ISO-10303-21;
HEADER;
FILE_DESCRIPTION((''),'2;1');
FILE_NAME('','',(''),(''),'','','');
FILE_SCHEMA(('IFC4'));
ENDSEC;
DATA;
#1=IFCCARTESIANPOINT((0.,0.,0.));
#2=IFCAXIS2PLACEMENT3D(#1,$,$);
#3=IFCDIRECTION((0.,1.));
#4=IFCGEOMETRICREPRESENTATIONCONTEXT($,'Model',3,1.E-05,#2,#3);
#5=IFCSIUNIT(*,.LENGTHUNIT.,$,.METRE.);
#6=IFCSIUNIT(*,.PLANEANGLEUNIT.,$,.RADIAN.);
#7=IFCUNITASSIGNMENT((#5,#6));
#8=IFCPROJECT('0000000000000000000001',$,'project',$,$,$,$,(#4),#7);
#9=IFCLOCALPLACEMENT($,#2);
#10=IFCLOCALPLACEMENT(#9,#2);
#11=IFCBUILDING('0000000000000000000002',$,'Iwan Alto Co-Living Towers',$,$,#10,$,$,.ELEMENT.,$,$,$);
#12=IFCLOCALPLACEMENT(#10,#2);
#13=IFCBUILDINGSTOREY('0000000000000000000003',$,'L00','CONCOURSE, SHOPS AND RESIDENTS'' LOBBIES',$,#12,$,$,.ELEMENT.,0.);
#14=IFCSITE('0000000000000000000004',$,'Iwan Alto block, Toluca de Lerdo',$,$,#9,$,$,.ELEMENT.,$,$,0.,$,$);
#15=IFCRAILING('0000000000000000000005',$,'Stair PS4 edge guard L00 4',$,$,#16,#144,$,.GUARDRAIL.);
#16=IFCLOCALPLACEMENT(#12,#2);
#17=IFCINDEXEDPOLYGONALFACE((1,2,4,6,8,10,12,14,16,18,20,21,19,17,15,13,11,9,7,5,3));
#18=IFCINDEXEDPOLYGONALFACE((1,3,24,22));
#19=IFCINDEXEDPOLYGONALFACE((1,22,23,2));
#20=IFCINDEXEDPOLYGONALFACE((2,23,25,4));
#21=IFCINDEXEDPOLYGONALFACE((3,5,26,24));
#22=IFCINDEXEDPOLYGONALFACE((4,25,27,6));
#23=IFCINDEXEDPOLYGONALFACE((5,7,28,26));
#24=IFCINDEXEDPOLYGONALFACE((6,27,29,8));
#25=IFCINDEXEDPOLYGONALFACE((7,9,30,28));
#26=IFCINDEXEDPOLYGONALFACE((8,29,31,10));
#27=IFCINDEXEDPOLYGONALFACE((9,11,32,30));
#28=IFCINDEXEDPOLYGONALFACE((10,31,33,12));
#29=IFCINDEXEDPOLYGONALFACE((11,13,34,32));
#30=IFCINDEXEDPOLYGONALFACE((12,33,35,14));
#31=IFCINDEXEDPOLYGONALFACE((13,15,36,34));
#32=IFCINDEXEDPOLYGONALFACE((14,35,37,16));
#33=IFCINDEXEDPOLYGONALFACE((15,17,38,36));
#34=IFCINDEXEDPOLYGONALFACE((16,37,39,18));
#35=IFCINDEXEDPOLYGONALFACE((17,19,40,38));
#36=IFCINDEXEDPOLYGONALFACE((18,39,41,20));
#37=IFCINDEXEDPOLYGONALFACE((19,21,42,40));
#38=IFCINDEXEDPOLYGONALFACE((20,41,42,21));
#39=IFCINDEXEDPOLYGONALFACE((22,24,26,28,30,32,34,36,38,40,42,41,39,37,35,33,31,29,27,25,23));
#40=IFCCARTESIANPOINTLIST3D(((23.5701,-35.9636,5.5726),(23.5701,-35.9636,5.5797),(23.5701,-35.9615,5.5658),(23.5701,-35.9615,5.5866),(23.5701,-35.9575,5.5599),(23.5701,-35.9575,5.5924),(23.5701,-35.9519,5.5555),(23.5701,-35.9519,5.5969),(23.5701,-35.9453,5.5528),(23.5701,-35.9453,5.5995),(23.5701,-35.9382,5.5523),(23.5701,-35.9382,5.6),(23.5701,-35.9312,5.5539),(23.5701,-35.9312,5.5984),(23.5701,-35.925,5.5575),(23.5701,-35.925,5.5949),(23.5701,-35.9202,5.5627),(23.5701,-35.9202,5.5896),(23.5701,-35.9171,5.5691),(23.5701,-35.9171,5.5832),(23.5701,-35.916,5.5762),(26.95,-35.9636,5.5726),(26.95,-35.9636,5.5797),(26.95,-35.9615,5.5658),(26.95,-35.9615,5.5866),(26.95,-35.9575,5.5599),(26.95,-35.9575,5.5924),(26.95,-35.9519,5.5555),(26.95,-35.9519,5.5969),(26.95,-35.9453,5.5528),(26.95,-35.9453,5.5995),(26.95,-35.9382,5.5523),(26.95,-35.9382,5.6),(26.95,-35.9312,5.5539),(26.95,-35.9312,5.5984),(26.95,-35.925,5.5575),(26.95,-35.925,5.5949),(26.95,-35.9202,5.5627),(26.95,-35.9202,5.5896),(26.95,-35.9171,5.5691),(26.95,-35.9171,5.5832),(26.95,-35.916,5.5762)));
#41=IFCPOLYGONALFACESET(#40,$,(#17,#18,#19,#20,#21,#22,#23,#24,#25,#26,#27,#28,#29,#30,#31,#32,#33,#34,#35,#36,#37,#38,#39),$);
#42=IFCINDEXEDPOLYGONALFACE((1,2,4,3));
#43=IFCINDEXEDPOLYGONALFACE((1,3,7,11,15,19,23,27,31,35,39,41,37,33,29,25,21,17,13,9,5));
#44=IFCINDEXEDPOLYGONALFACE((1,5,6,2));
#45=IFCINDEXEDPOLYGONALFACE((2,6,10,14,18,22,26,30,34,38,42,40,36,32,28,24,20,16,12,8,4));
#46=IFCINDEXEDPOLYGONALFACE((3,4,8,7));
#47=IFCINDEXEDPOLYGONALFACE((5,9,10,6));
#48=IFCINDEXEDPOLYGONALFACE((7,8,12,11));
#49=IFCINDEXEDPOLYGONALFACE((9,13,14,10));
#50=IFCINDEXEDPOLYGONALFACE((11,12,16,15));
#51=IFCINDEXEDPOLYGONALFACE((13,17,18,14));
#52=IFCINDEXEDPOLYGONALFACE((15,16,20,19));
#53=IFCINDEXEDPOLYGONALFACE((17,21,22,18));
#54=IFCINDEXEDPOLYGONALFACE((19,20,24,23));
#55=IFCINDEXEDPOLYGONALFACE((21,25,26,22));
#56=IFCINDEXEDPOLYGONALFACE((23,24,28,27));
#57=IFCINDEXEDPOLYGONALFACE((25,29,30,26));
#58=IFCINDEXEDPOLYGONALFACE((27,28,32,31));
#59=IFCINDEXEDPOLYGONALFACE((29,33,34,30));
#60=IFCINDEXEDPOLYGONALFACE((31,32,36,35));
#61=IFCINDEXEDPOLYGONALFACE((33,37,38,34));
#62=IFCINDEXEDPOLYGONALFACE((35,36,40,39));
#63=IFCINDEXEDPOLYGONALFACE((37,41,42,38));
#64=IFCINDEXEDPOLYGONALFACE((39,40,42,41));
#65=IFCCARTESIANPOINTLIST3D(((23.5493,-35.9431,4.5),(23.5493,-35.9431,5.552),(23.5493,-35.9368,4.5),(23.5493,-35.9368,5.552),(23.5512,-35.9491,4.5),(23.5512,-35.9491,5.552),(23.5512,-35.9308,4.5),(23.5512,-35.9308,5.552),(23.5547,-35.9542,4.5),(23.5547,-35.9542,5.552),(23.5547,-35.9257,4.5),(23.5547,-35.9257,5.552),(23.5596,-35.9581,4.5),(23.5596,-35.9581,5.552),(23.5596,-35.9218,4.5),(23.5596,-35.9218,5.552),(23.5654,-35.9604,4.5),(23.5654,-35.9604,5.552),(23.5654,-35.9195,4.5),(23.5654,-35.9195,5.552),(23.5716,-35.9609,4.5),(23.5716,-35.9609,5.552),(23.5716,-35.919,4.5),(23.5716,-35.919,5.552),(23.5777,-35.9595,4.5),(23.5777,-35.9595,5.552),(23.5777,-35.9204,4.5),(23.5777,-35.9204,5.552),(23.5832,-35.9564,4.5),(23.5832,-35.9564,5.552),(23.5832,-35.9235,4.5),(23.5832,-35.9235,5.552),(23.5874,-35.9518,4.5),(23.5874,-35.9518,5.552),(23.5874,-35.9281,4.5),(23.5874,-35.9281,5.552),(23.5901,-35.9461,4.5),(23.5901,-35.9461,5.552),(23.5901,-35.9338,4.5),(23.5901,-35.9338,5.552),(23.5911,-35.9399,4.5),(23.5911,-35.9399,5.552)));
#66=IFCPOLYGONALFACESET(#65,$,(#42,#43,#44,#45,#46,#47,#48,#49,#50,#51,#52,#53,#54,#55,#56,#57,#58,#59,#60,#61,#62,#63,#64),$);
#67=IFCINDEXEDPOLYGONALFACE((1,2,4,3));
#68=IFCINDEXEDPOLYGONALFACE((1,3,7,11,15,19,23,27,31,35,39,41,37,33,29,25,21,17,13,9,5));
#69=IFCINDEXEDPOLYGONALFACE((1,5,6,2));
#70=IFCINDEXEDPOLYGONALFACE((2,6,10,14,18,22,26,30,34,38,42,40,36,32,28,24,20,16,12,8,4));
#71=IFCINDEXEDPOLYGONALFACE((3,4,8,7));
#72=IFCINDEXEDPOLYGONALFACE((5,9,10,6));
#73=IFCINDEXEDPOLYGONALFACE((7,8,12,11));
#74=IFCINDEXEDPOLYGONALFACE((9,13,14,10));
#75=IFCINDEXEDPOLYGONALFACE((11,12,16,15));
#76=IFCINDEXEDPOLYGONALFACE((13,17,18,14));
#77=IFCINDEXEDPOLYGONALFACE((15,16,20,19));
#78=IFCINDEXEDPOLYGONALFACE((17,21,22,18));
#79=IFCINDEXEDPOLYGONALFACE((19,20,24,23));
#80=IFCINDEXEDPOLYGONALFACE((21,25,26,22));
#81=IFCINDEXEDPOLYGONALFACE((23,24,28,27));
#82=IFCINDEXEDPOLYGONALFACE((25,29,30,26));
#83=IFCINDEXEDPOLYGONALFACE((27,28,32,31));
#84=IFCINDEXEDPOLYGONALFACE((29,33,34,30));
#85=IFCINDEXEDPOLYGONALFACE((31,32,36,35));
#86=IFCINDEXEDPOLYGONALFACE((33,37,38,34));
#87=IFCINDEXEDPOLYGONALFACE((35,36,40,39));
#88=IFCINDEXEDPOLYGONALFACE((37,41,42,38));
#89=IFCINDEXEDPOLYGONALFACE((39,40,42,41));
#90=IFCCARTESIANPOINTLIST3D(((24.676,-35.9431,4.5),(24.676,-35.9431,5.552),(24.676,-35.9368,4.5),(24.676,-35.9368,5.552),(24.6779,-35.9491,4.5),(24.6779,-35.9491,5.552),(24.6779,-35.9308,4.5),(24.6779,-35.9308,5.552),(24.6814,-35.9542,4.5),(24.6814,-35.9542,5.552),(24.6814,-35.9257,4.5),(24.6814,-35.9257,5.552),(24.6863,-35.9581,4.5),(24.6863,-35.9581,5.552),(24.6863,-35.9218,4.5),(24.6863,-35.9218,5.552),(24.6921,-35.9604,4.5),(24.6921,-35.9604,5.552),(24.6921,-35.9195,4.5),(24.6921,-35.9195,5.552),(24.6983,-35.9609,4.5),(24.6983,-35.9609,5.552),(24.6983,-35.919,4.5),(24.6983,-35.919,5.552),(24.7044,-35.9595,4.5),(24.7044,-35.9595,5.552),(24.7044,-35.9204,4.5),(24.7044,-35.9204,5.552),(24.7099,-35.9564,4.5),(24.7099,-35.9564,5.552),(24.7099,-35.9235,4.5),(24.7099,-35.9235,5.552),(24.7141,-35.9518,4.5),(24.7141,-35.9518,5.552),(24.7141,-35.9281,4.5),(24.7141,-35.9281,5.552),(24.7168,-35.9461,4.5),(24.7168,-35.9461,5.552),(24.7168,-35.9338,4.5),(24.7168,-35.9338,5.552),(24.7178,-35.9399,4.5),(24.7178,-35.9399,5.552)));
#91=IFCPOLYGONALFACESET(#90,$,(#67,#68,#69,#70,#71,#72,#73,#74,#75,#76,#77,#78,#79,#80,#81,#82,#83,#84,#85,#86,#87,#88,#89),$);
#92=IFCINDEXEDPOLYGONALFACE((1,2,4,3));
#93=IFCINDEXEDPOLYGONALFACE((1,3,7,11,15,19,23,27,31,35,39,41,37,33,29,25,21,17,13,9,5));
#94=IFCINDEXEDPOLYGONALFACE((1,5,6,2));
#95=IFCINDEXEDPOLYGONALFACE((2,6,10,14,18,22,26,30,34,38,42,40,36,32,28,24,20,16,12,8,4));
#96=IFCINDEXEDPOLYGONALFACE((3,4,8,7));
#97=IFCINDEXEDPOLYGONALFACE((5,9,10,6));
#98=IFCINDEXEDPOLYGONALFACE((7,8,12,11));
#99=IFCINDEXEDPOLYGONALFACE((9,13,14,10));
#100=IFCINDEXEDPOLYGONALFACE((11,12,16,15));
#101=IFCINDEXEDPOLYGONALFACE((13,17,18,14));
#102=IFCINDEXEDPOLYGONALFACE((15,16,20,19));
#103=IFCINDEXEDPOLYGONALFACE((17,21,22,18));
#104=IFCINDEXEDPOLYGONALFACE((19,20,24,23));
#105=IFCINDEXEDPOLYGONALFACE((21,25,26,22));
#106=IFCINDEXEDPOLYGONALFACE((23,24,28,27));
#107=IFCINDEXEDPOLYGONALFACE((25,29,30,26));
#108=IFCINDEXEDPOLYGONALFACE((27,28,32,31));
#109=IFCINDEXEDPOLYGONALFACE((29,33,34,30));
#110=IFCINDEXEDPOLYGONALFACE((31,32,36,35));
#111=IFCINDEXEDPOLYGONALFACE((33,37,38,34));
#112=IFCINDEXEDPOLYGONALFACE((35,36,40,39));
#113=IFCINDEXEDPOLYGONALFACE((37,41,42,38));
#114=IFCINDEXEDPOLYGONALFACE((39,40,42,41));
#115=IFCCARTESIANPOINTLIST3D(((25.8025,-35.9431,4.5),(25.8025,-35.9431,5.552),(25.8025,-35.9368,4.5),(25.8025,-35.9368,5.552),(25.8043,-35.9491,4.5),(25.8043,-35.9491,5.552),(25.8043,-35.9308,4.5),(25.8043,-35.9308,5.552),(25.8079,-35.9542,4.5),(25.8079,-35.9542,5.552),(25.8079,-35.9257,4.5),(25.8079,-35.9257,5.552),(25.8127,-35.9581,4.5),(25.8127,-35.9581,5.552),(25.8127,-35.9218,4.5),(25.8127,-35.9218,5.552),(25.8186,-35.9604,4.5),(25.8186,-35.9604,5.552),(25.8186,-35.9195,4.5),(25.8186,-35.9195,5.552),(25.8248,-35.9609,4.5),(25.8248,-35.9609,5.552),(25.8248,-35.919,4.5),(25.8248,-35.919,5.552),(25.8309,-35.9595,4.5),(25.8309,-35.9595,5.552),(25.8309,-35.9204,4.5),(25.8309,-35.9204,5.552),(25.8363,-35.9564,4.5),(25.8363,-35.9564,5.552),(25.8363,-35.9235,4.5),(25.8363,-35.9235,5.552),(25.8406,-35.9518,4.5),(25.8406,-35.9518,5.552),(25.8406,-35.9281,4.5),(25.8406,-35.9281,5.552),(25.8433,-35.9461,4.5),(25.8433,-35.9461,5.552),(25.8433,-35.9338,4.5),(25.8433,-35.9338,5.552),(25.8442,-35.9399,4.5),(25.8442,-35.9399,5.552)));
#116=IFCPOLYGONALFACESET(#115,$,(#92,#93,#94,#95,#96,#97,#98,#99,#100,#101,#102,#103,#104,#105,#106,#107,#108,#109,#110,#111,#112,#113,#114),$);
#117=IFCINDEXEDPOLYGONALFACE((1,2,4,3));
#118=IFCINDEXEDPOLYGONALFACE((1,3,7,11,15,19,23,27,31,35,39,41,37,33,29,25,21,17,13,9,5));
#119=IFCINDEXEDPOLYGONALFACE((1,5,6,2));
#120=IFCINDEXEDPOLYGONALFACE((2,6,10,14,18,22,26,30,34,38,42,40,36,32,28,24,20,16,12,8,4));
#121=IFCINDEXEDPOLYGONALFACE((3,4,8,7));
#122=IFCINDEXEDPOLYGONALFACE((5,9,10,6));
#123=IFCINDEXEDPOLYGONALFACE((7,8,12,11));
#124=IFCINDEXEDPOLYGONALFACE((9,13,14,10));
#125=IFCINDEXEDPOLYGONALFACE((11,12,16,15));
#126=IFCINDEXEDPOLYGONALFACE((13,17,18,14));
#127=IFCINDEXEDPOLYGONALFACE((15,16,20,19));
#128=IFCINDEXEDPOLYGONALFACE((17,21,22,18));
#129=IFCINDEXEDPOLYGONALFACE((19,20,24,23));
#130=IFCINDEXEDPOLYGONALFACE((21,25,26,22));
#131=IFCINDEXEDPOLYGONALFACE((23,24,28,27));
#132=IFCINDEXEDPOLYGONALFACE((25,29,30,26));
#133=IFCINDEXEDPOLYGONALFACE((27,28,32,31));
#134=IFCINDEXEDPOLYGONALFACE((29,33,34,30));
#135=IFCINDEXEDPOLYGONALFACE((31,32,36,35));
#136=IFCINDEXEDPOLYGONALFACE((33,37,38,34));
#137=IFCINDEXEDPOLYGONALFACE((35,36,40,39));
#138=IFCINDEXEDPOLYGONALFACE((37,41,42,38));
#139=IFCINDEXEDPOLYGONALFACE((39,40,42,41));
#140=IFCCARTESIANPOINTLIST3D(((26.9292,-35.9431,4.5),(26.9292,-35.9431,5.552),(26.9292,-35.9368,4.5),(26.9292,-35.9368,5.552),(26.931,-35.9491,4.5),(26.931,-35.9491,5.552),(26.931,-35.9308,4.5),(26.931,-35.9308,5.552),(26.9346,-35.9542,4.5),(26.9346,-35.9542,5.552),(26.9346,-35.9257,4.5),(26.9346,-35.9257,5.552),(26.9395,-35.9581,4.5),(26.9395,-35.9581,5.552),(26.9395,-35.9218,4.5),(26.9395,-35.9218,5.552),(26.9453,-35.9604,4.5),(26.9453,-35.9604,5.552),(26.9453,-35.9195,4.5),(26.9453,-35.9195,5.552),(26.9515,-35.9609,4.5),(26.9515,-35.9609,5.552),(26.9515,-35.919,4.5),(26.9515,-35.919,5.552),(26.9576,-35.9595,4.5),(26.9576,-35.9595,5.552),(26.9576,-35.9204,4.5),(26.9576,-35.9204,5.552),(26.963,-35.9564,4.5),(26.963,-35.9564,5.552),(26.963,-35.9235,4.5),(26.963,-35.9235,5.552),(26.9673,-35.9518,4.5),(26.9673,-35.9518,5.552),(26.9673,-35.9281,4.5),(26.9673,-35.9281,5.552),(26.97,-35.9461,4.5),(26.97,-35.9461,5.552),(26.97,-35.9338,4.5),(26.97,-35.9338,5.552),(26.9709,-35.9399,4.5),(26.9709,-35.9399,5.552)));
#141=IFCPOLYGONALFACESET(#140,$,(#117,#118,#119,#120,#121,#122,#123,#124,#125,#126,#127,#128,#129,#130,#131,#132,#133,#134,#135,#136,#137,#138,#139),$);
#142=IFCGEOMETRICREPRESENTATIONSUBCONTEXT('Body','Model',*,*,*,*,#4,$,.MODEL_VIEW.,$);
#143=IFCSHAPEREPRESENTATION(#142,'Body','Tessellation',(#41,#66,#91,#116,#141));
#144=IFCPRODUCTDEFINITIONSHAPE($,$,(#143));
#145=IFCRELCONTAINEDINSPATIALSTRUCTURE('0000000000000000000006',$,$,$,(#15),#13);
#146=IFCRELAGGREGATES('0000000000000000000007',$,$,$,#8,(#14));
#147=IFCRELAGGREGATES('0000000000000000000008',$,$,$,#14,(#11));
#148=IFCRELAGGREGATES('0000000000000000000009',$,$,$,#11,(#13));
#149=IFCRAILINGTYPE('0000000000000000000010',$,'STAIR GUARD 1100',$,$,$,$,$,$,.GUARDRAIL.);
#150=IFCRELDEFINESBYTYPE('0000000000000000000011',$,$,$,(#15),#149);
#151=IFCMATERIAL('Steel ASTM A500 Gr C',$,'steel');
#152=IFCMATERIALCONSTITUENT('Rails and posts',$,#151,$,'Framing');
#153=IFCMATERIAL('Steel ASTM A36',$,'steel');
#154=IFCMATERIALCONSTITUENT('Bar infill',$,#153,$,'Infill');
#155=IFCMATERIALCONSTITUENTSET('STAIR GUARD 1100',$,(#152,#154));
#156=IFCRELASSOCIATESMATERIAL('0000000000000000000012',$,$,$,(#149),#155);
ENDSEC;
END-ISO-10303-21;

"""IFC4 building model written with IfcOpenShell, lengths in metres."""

from ifc_helpers import new_model, si_unit, direction, frame, origin, origin_2d, place, context, subcontext, project, spatial, circle, extrude, material, constituent, constituent_set, type_object, element, save


model = new_model("IFC4")

# Units and contexts
model_context = context("Model", 3, precision=1e-05, world=origin(), true_north=direction((0.0, 1.0)))
body_context = subcontext(model_context, "Body", "Model", "MODEL_VIEW")
ifc_project = project(units=[si_unit("LENGTHUNIT", "METRE"), si_unit("PLANEANGLEUNIT", "RADIAN")], contexts=[model_context])

# Site, building, storey
site_placement = place(None, origin())
site = spatial("IfcSite", under=ifc_project, at=site_placement, Name="Iwan Alto block, Toluca de Lerdo", CompositionType="ELEMENT", RefElevation=0.0)
building_placement = place(site_placement, origin())
building = spatial("IfcBuilding", under=site, at=building_placement, Name="Iwan Alto Co-Living Towers", CompositionType="ELEMENT")
storey_placement = place(building_placement, origin())
storey = spatial("IfcBuildingStorey", under=building, at=storey_placement, Name="L00", Description="CONCOURSE, SHOPS AND RESIDENTS' LOBBIES", CompositionType="ELEMENT", Elevation=0.0)

# Shared definitions
ifc_material_1 = material(Name="Steel ASTM A36", Category="steel")

# Railing
ifc_material_2 = material(Name="Steel ASTM A500 Gr C", Category="steel")
ifc_constituent_1 = constituent(ifc_material_2, Name="Rails and posts", Category="Framing")
ifc_constituent_2 = constituent(ifc_material_1, Name="Bar infill", Category="Infill")
ifc_constituent_set_1 = constituent_set(constituents=[ifc_constituent_1, ifc_constituent_2], Name="STAIR GUARD 1100")
railing_type_1 = type_object("IfcRailingType", Name="STAIR GUARD 1100", PredefinedType="GUARDRAIL", material=ifc_constituent_set_1)
railing_1_placement = place(storey_placement, frame((23.5701, -35.9399, 4.5)))
element("IfcRailing", 1, at=railing_1_placement, inside=storey, type_object=railing_type_1, Name="Stair PS4 edge guard L00 4", PredefinedType="GUARDRAIL", context=body_context, shape_type="SweptSolid", body=[
    extrude(circle(Radius=0.0239, at=origin_2d()), frame((0.0, 0.0, 1.0762), z_axis=(1.0, 0.0, 0.0), x_axis=(0.0, 1.0, 0.0)), (0.0, 0.0, 1.0), 3.3799),
    extrude(circle(Radius=0.021, at=origin_2d()), origin(), (0.0, 0.0, 1.0), 1.052),
    extrude(circle(Radius=0.021, at=origin_2d()), frame((1.1267, 0.0, 0.0)), (0.0, 0.0, 1.0), 1.052),
    extrude(circle(Radius=0.021, at=origin_2d()), frame((2.2532, 0.0, 0.0)), (0.0, 0.0, 1.0), 1.052),
    extrude(circle(Radius=0.021, at=origin_2d()), frame((3.3799, 0.0, 0.0)), (0.0, 0.0, 1.0), 1.052),
])

save(model, "model.ifc")
